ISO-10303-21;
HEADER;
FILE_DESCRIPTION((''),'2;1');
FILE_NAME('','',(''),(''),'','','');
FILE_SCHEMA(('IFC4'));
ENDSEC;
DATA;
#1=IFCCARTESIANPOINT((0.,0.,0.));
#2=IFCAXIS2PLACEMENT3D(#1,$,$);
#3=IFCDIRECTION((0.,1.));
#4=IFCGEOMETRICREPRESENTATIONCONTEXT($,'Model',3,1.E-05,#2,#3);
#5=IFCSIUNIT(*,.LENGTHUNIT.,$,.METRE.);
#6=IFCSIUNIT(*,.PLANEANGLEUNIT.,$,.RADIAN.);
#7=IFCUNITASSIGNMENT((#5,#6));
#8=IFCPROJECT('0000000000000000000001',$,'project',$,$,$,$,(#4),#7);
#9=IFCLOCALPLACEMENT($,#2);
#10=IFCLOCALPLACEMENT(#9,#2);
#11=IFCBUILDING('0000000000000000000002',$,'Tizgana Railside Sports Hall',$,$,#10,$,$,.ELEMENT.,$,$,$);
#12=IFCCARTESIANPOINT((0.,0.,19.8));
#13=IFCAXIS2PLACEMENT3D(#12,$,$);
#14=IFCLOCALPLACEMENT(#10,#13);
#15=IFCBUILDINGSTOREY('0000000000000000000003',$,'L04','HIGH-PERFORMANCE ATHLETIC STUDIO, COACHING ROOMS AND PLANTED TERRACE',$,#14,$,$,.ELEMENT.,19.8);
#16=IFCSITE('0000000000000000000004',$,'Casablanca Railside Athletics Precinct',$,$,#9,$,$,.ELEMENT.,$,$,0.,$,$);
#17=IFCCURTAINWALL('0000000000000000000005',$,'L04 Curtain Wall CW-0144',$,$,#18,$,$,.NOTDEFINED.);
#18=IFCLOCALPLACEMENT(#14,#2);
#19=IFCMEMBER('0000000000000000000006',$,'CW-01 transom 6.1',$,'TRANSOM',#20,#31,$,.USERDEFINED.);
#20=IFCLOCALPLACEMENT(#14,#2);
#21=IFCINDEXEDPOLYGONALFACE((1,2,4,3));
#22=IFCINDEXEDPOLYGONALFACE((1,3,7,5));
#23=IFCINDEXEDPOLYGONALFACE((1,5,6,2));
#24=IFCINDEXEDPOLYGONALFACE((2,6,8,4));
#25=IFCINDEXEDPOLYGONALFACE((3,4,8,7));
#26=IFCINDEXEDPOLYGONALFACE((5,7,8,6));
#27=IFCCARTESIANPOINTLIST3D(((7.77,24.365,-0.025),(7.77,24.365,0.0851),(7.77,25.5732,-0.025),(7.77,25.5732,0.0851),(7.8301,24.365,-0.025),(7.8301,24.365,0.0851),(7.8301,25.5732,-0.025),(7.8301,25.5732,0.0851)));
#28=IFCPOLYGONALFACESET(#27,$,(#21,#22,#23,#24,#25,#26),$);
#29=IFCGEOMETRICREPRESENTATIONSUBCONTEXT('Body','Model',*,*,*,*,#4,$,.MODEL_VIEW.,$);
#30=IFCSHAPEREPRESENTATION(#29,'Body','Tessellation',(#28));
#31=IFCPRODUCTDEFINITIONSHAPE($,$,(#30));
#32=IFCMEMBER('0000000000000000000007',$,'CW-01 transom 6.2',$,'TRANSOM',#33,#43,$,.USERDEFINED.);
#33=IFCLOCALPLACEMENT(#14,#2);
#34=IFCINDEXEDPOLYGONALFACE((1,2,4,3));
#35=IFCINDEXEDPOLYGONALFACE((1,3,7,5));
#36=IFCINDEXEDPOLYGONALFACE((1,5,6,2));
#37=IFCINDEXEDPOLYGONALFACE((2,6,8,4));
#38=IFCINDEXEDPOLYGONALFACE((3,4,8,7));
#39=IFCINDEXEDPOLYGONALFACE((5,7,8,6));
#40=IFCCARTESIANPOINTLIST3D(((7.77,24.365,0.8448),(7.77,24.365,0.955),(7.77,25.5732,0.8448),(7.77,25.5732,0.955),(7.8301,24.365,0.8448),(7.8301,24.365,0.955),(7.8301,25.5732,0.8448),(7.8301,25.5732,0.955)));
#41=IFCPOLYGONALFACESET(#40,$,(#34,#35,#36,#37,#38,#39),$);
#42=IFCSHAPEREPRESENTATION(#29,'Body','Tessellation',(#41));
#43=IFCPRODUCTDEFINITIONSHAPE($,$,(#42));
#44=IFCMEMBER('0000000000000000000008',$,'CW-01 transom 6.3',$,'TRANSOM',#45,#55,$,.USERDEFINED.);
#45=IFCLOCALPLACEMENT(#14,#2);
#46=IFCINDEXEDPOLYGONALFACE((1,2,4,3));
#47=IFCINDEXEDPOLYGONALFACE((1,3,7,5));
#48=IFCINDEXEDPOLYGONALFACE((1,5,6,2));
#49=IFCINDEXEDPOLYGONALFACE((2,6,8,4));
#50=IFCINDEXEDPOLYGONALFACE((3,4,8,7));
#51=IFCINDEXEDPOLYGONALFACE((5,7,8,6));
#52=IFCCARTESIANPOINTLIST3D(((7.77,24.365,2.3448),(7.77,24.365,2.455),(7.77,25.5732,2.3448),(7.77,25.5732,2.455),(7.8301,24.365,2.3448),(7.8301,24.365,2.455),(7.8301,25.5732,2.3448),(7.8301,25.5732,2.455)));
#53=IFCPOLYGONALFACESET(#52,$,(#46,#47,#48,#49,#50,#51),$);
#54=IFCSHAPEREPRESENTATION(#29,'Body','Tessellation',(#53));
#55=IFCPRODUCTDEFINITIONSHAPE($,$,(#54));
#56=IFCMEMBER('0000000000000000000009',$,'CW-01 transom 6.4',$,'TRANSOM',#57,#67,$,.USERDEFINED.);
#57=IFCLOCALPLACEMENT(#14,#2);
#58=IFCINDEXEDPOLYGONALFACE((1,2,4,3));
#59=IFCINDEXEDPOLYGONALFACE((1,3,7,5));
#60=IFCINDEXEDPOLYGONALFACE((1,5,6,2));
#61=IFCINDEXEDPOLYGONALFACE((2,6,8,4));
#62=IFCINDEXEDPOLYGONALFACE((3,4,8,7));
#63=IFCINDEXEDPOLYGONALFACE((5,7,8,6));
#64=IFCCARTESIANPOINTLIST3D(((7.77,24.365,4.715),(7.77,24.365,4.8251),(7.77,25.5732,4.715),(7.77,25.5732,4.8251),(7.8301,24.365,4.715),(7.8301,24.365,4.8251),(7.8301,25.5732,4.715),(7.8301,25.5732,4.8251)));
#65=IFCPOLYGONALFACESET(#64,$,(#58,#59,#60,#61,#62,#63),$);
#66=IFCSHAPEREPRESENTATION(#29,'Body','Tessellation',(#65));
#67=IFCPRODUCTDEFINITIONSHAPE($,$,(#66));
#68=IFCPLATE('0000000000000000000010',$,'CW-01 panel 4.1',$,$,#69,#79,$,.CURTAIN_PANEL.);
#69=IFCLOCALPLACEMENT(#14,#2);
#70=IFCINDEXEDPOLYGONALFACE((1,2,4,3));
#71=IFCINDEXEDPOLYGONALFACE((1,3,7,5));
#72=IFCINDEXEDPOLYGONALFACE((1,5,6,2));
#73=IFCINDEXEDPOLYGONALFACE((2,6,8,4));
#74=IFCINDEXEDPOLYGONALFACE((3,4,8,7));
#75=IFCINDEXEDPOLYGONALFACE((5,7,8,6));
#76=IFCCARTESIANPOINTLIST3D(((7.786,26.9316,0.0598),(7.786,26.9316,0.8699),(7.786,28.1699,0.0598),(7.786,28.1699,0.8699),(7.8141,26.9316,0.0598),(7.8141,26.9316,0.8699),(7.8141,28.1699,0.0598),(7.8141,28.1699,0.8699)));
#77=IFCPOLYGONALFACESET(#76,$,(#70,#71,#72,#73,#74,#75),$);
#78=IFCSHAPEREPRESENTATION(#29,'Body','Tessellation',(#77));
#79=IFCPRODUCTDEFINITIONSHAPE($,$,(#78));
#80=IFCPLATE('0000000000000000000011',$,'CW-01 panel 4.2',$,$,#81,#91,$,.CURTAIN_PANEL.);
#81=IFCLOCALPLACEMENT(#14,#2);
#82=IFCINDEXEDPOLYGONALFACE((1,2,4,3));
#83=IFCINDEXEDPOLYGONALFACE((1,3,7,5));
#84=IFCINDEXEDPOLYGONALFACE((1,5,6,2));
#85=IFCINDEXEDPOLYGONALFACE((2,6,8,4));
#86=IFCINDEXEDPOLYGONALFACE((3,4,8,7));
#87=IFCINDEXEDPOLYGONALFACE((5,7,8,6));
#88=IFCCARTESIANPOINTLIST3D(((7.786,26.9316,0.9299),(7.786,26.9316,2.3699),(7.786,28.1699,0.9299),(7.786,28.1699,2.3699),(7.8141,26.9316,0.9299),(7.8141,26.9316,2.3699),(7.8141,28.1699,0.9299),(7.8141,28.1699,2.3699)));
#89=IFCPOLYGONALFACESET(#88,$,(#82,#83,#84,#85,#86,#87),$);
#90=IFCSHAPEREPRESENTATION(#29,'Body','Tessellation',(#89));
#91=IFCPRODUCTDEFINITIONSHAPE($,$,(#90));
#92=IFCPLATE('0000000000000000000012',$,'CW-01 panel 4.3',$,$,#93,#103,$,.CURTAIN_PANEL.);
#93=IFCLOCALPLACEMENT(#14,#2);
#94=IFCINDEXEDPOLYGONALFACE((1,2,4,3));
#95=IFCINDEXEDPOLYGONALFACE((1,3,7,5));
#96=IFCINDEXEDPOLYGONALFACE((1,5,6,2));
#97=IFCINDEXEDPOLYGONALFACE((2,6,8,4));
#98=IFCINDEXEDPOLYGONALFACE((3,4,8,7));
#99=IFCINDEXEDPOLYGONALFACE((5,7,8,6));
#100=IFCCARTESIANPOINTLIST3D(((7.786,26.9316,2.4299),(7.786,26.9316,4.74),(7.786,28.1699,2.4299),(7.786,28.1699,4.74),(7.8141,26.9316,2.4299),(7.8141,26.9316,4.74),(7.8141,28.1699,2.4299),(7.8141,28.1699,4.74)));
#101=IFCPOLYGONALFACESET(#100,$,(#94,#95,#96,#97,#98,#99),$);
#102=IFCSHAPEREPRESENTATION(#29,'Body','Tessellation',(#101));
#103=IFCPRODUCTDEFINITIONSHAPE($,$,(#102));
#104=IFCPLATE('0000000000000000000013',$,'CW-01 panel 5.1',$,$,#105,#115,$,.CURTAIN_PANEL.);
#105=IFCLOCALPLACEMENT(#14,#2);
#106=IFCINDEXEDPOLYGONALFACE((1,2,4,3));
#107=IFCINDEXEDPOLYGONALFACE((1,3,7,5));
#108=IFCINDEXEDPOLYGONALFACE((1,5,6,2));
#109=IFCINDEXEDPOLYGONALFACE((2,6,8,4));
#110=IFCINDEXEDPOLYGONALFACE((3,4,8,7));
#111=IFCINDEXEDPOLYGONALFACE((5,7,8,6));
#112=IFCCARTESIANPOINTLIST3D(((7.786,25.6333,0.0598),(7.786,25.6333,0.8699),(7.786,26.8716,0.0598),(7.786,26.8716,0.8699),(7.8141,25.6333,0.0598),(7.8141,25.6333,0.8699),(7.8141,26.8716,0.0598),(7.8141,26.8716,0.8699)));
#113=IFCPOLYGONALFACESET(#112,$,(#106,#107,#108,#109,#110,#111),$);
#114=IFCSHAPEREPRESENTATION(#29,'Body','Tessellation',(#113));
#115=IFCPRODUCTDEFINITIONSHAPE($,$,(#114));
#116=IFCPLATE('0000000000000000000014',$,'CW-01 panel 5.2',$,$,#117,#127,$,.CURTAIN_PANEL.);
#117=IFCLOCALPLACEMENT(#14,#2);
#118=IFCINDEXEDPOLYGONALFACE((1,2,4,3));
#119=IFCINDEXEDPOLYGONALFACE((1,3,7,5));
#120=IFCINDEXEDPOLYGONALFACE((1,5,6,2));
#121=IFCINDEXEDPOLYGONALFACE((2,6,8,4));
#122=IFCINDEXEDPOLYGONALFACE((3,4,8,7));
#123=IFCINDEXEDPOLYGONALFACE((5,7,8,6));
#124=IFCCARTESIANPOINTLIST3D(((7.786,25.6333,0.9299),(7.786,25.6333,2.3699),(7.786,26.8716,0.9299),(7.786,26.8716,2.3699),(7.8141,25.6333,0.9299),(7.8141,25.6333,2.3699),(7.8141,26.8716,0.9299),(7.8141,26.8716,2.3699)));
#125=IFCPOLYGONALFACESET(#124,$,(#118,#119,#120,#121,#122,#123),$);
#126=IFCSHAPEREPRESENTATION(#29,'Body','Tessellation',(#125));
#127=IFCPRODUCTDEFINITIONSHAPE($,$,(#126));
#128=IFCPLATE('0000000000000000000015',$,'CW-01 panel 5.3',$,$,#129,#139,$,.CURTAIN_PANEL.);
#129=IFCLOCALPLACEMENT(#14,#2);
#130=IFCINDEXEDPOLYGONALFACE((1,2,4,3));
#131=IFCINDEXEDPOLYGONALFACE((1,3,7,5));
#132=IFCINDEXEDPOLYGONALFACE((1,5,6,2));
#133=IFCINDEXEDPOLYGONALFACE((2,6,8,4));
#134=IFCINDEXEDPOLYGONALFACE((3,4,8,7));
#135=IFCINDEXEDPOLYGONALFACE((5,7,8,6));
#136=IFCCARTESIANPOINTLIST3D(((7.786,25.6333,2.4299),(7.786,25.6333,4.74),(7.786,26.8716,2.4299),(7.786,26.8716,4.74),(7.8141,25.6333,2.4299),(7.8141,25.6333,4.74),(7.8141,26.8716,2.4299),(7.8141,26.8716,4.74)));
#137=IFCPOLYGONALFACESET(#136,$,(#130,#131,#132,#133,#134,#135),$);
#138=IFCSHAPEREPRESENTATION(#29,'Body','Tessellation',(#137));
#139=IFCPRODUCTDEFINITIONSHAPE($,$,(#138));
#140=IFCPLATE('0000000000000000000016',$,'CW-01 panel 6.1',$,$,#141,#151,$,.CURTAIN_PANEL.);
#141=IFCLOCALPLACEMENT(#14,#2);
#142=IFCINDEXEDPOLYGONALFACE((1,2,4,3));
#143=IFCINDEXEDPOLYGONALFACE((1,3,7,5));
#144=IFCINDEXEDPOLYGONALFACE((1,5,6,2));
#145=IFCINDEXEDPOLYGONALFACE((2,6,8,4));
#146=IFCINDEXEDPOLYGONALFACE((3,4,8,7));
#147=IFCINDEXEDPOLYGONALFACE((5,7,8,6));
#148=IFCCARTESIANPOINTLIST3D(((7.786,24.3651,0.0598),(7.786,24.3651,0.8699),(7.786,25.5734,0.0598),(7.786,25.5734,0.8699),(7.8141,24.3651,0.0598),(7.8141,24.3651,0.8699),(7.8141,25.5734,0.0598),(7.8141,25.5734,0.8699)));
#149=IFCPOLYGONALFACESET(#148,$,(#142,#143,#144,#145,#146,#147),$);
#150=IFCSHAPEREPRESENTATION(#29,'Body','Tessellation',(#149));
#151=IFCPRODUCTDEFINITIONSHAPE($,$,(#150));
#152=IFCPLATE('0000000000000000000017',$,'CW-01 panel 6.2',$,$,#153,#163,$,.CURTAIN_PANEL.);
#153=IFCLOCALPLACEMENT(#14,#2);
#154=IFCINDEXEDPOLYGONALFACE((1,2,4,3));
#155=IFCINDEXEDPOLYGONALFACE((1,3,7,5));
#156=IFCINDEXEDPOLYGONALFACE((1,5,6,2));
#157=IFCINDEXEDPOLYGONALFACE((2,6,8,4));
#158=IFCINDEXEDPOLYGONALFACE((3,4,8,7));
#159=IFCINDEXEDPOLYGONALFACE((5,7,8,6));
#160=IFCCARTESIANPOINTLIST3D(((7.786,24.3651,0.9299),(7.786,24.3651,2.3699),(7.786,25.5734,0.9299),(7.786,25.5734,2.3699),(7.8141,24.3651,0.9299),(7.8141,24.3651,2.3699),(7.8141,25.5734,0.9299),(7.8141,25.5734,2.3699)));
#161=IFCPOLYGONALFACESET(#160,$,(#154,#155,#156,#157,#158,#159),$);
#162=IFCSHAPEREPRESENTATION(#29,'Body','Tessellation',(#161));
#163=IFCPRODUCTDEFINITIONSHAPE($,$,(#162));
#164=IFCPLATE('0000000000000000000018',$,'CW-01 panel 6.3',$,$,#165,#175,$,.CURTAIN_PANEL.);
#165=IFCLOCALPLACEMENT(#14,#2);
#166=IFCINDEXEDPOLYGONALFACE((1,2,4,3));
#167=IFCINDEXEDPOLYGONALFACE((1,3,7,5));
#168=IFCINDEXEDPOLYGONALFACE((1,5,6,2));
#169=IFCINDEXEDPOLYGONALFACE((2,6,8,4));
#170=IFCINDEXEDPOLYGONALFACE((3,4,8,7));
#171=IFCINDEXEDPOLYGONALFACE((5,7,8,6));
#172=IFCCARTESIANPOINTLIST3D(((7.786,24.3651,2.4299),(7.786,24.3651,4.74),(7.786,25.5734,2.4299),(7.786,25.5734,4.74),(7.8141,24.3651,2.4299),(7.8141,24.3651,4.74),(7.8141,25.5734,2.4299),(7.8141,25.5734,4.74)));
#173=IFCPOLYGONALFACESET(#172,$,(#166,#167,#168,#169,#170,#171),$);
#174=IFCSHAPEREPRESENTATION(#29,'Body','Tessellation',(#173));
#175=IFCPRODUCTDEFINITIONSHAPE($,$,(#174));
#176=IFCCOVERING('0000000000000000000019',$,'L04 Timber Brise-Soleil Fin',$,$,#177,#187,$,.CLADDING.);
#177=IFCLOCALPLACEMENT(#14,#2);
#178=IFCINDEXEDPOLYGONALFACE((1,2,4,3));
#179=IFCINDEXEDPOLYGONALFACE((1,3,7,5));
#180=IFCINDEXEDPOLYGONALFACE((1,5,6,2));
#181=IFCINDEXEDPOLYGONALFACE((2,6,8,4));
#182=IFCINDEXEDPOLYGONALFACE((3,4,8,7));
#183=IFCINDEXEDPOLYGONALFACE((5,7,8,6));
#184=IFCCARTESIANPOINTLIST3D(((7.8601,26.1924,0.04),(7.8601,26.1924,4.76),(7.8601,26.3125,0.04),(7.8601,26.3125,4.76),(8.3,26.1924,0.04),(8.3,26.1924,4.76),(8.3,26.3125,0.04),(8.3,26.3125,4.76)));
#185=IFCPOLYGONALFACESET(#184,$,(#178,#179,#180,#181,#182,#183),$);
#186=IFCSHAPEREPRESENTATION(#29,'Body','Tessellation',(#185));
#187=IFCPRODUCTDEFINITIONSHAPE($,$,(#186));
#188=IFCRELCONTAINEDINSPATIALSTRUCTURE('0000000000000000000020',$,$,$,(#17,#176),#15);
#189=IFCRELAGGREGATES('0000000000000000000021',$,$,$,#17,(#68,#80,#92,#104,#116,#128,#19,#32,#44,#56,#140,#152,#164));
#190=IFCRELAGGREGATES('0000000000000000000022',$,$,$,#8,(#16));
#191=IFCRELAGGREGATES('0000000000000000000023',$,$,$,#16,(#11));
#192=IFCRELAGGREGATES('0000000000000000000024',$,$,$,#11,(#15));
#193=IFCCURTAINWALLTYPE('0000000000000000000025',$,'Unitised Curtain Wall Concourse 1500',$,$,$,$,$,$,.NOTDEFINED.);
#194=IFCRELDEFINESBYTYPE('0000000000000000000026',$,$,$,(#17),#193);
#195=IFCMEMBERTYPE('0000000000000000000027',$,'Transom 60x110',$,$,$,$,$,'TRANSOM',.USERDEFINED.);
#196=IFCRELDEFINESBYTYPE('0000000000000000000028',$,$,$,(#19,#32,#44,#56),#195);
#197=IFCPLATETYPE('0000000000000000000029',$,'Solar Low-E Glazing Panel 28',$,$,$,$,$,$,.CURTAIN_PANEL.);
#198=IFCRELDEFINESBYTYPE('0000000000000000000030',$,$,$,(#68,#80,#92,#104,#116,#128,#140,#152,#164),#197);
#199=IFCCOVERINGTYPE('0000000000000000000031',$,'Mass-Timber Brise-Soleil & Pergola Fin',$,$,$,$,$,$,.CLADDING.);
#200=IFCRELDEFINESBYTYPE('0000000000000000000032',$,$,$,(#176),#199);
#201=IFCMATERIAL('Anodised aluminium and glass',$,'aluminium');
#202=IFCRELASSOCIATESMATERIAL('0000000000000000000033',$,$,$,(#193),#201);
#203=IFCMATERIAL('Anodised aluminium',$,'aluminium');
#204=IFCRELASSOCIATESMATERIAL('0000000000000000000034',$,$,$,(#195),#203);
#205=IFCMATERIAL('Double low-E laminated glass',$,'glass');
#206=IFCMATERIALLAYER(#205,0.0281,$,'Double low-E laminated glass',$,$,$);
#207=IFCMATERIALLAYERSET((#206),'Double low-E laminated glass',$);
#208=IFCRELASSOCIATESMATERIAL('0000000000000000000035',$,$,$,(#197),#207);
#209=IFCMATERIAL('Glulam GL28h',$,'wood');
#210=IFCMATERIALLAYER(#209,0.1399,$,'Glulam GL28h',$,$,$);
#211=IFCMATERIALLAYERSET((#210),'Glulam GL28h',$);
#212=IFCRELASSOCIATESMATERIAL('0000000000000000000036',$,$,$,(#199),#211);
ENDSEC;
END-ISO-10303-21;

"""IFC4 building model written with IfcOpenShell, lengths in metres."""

from ifc_helpers import new_model, si_unit, direction, frame, origin, origin_2d, place, context, subcontext, project, spatial, rectangle, extrude, material, layer, layer_set, material_profile, profile_set, type_object, element, aggregate, save


model = new_model("IFC4")

# Units and contexts
model_context = context("Model", 3, precision=1e-05, world=origin(), true_north=direction((0.0, 1.0)))
body_context = subcontext(model_context, "Body", "Model", "MODEL_VIEW")
ifc_project = project(units=[si_unit("LENGTHUNIT", "METRE"), si_unit("PLANEANGLEUNIT", "RADIAN")], contexts=[model_context])

# Site, building, storey
site_placement = place(None, origin())
site = spatial("IfcSite", under=ifc_project, at=site_placement, Name="Casablanca Railside Athletics Precinct", CompositionType="ELEMENT", RefElevation=0.0)
building_placement = place(site_placement, origin())
building = spatial("IfcBuilding", under=site, at=building_placement, Name="Tizgana Railside Sports Hall", CompositionType="ELEMENT")
storey_placement = place(building_placement, frame((0.0, 0.0, 19.8)))
storey = spatial("IfcBuildingStorey", under=building, at=storey_placement, Name="L04", Description="HIGH-PERFORMANCE ATHLETIC STUDIO, COACHING ROOMS AND PLANTED TERRACE", CompositionType="ELEMENT", Elevation=19.8)

# Curtain wall
ifc_material_1 = material(Name="Anodised aluminium and glass", Category="aluminium")
curtain_wall_type = type_object("IfcCurtainWallType", Name="Unitised Curtain Wall Concourse 1500", PredefinedType="NOTDEFINED", material=ifc_material_1)
curtain_wall_placement = place(storey_placement, origin())
curtain_wall = element("IfcCurtainWall", 1, at=curtain_wall_placement, inside=storey, type_object=curtain_wall_type, Name="L04 Curtain Wall CW-0144", PredefinedType="NOTDEFINED")
ifc_material_2 = material(Name="Anodised aluminium", Category="aluminium")

# Members
ifc_material_profile_1 = material_profile(ifc_material_2, rectangle(XDim=0.0601, YDim=0.1101, at=origin_2d()), Name="Transom 60x110")
ifc_profile_set_1 = profile_set([ifc_material_profile_1], Name="Anodised aluminium")
member_type_1 = type_object("IfcMemberType", Name="Transom 60x110", ElementType="TRANSOM", PredefinedType="USERDEFINED", material=ifc_profile_set_1)
member_1_placement = place(storey_placement, frame((7.8, 25.5732, 0.03), z_axis=(0.0, -1.0, 0.0), x_axis=(1.0, 0.0, 0.0)))
member_1 = element("IfcMember", 2, at=member_1_placement, type_object=member_type_1, Name="CW-01 transom 6.1", ObjectType="TRANSOM", PredefinedType="USERDEFINED", context=body_context, shape_type="SweptSolid", body=[
    extrude(rectangle(XDim=0.0601, YDim=0.1101, at=origin_2d()), origin(), (0.0, 0.0, 1.0), 1.2083),
])
member_2_placement = place(storey_placement, frame((7.8, 25.5732, 0.8999), z_axis=(0.0, -1.0, 0.0), x_axis=(1.0, 0.0, 0.0)))
member_2 = element("IfcMember", 3, at=member_2_placement, type_object=member_type_1, Name="CW-01 transom 6.2", ObjectType="TRANSOM", PredefinedType="USERDEFINED", context=body_context, shape_type="SweptSolid", body=[
    extrude(rectangle(XDim=0.0601, YDim=0.1101, at=origin_2d()), origin(), (0.0, 0.0, 1.0), 1.2083),
])
member_3_placement = place(storey_placement, frame((7.8, 25.5732, 2.3999), z_axis=(0.0, -1.0, 0.0), x_axis=(1.0, 0.0, 0.0)))
member_3 = element("IfcMember", 4, at=member_3_placement, type_object=member_type_1, Name="CW-01 transom 6.3", ObjectType="TRANSOM", PredefinedType="USERDEFINED", context=body_context, shape_type="SweptSolid", body=[
    extrude(rectangle(XDim=0.0601, YDim=0.1101, at=origin_2d()), origin(), (0.0, 0.0, 1.0), 1.2083),
])
member_4_placement = place(storey_placement, frame((7.8, 25.5732, 4.77), z_axis=(0.0, -1.0, 0.0), x_axis=(1.0, 0.0, 0.0)))
member_4 = element("IfcMember", 5, at=member_4_placement, type_object=member_type_1, Name="CW-01 transom 6.4", ObjectType="TRANSOM", PredefinedType="USERDEFINED", context=body_context, shape_type="SweptSolid", body=[
    extrude(rectangle(XDim=0.0601, YDim=0.1101, at=origin_2d()), origin(), (0.0, 0.0, 1.0), 1.2083),
])

# Plates
ifc_material_3 = material(Name="Double low-E laminated glass", Category="glass")
ifc_layer_1 = layer(ifc_material_3, 0.0281, Name="Double low-E laminated glass")
ifc_layer_set_1 = layer_set([ifc_layer_1], Name="Double low-E laminated glass")
plate_type = type_object("IfcPlateType", Name="Solar Low-E Glazing Panel 28", PredefinedType="CURTAIN_PANEL", material=ifc_layer_set_1)
plate_1_placement = place(storey_placement, frame((7.8, 27.5508, 0.0598), z_axis=(0.0, 0.0, 1.0), x_axis=(0.0, -1.0, 0.0)))
plate_1 = element("IfcPlate", 6, at=plate_1_placement, type_object=plate_type, Name="CW-01 panel 4.1", PredefinedType="CURTAIN_PANEL", context=body_context, shape_type="SweptSolid", body=[
    extrude(rectangle(XDim=1.2383, YDim=0.0281, at=origin_2d()), origin(), (0.0, 0.0, 1.0), 0.8101),
])
plate_2_placement = place(storey_placement, frame((7.8, 27.5508, 0.9299), z_axis=(0.0, 0.0, 1.0), x_axis=(0.0, -1.0, 0.0)))
plate_2 = element("IfcPlate", 7, at=plate_2_placement, type_object=plate_type, Name="CW-01 panel 4.2", PredefinedType="CURTAIN_PANEL", context=body_context, shape_type="SweptSolid", body=[
    extrude(rectangle(XDim=1.2383, YDim=0.0281, at=origin_2d()), origin(), (0.0, 0.0, 1.0), 1.4399),
])
plate_3_placement = place(storey_placement, frame((7.8, 27.5508, 2.4299), z_axis=(0.0, 0.0, 1.0), x_axis=(0.0, -1.0, 0.0)))
plate_3 = element("IfcPlate", 8, at=plate_3_placement, type_object=plate_type, Name="CW-01 panel 4.3", PredefinedType="CURTAIN_PANEL", context=body_context, shape_type="SweptSolid", body=[
    extrude(rectangle(XDim=1.2383, YDim=0.0281, at=origin_2d()), origin(), (0.0, 0.0, 1.0), 2.3101),
])
plate_4_placement = place(storey_placement, frame((7.8, 26.2524, 0.0598), z_axis=(0.0, 0.0, 1.0), x_axis=(0.0, -1.0, 0.0)))
plate_4 = element("IfcPlate", 9, at=plate_4_placement, type_object=plate_type, Name="CW-01 panel 5.1", PredefinedType="CURTAIN_PANEL", context=body_context, shape_type="SweptSolid", body=[
    extrude(rectangle(XDim=1.2383, YDim=0.0281, at=origin_2d()), origin(), (0.0, 0.0, 1.0), 0.8101),
])
plate_5_placement = place(storey_placement, frame((7.8, 26.2524, 0.9299), z_axis=(0.0, 0.0, 1.0), x_axis=(0.0, -1.0, 0.0)))
plate_5 = element("IfcPlate", 10, at=plate_5_placement, type_object=plate_type, Name="CW-01 panel 5.2", PredefinedType="CURTAIN_PANEL", context=body_context, shape_type="SweptSolid", body=[
    extrude(rectangle(XDim=1.2383, YDim=0.0281, at=origin_2d()), origin(), (0.0, 0.0, 1.0), 1.4399),
])
plate_6_placement = place(storey_placement, frame((7.8, 26.2524, 2.4299), z_axis=(0.0, 0.0, 1.0), x_axis=(0.0, -1.0, 0.0)))
plate_6 = element("IfcPlate", 11, at=plate_6_placement, type_object=plate_type, Name="CW-01 panel 5.3", PredefinedType="CURTAIN_PANEL", context=body_context, shape_type="SweptSolid", body=[
    extrude(rectangle(XDim=1.2383, YDim=0.0281, at=origin_2d()), origin(), (0.0, 0.0, 1.0), 2.3101),
])
plate_7_placement = place(storey_placement, frame((7.8, 24.9692, 0.0598), z_axis=(0.0, 0.0, 1.0), x_axis=(0.0, -1.0, 0.0)))
plate_7 = element("IfcPlate", 12, at=plate_7_placement, type_object=plate_type, Name="CW-01 panel 6.1", PredefinedType="CURTAIN_PANEL", context=body_context, shape_type="SweptSolid", body=[
    extrude(rectangle(XDim=1.2083, YDim=0.0281, at=origin_2d()), origin(), (0.0, 0.0, 1.0), 0.8101),
])
plate_8_placement = place(storey_placement, frame((7.8, 24.9692, 0.9299), z_axis=(0.0, 0.0, 1.0), x_axis=(0.0, -1.0, 0.0)))
plate_8 = element("IfcPlate", 13, at=plate_8_placement, type_object=plate_type, Name="CW-01 panel 6.2", PredefinedType="CURTAIN_PANEL", context=body_context, shape_type="SweptSolid", body=[
    extrude(rectangle(XDim=1.2083, YDim=0.0281, at=origin_2d()), origin(), (0.0, 0.0, 1.0), 1.4399),
])
plate_9_placement = place(storey_placement, frame((7.8, 24.9692, 2.4299), z_axis=(0.0, 0.0, 1.0), x_axis=(0.0, -1.0, 0.0)))
plate_9 = element("IfcPlate", 14, at=plate_9_placement, type_object=plate_type, Name="CW-01 panel 6.3", PredefinedType="CURTAIN_PANEL", context=body_context, shape_type="SweptSolid", body=[
    extrude(rectangle(XDim=1.2083, YDim=0.0281, at=origin_2d()), origin(), (0.0, 0.0, 1.0), 2.3101),
])
aggregate(curtain_wall, [plate_1, plate_2, plate_3, plate_4, plate_5, plate_6, member_1, member_2, member_3, member_4, plate_7, plate_8, plate_9])

# Covering
ifc_material_4 = material(Name="Glulam GL28h", Category="wood")
ifc_layer_2 = layer(ifc_material_4, 0.1399, Name="Glulam GL28h")
ifc_layer_set_2 = layer_set([ifc_layer_2], Name="Glulam GL28h")
covering_type = type_object("IfcCoveringType", Name="Mass-Timber Brise-Soleil & Pergola Fin", PredefinedType="CLADDING", material=ifc_layer_set_2)
covering_placement = place(storey_placement, frame((8.0801, 26.2524, 0.04), z_axis=(0.0, 0.0, 1.0), x_axis=(0.0, -1.0, 0.0)))
element("IfcCovering", 15, at=covering_placement, inside=storey, type_object=covering_type, Name="L04 Timber Brise-Soleil Fin", PredefinedType="CLADDING", context=body_context, shape_type="SweptSolid", body=[
    extrude(rectangle(XDim=0.1201, YDim=0.4399, at=origin_2d()), origin(), (0.0, 0.0, 1.0), 4.72),
])

save(model, "model.ifc")
